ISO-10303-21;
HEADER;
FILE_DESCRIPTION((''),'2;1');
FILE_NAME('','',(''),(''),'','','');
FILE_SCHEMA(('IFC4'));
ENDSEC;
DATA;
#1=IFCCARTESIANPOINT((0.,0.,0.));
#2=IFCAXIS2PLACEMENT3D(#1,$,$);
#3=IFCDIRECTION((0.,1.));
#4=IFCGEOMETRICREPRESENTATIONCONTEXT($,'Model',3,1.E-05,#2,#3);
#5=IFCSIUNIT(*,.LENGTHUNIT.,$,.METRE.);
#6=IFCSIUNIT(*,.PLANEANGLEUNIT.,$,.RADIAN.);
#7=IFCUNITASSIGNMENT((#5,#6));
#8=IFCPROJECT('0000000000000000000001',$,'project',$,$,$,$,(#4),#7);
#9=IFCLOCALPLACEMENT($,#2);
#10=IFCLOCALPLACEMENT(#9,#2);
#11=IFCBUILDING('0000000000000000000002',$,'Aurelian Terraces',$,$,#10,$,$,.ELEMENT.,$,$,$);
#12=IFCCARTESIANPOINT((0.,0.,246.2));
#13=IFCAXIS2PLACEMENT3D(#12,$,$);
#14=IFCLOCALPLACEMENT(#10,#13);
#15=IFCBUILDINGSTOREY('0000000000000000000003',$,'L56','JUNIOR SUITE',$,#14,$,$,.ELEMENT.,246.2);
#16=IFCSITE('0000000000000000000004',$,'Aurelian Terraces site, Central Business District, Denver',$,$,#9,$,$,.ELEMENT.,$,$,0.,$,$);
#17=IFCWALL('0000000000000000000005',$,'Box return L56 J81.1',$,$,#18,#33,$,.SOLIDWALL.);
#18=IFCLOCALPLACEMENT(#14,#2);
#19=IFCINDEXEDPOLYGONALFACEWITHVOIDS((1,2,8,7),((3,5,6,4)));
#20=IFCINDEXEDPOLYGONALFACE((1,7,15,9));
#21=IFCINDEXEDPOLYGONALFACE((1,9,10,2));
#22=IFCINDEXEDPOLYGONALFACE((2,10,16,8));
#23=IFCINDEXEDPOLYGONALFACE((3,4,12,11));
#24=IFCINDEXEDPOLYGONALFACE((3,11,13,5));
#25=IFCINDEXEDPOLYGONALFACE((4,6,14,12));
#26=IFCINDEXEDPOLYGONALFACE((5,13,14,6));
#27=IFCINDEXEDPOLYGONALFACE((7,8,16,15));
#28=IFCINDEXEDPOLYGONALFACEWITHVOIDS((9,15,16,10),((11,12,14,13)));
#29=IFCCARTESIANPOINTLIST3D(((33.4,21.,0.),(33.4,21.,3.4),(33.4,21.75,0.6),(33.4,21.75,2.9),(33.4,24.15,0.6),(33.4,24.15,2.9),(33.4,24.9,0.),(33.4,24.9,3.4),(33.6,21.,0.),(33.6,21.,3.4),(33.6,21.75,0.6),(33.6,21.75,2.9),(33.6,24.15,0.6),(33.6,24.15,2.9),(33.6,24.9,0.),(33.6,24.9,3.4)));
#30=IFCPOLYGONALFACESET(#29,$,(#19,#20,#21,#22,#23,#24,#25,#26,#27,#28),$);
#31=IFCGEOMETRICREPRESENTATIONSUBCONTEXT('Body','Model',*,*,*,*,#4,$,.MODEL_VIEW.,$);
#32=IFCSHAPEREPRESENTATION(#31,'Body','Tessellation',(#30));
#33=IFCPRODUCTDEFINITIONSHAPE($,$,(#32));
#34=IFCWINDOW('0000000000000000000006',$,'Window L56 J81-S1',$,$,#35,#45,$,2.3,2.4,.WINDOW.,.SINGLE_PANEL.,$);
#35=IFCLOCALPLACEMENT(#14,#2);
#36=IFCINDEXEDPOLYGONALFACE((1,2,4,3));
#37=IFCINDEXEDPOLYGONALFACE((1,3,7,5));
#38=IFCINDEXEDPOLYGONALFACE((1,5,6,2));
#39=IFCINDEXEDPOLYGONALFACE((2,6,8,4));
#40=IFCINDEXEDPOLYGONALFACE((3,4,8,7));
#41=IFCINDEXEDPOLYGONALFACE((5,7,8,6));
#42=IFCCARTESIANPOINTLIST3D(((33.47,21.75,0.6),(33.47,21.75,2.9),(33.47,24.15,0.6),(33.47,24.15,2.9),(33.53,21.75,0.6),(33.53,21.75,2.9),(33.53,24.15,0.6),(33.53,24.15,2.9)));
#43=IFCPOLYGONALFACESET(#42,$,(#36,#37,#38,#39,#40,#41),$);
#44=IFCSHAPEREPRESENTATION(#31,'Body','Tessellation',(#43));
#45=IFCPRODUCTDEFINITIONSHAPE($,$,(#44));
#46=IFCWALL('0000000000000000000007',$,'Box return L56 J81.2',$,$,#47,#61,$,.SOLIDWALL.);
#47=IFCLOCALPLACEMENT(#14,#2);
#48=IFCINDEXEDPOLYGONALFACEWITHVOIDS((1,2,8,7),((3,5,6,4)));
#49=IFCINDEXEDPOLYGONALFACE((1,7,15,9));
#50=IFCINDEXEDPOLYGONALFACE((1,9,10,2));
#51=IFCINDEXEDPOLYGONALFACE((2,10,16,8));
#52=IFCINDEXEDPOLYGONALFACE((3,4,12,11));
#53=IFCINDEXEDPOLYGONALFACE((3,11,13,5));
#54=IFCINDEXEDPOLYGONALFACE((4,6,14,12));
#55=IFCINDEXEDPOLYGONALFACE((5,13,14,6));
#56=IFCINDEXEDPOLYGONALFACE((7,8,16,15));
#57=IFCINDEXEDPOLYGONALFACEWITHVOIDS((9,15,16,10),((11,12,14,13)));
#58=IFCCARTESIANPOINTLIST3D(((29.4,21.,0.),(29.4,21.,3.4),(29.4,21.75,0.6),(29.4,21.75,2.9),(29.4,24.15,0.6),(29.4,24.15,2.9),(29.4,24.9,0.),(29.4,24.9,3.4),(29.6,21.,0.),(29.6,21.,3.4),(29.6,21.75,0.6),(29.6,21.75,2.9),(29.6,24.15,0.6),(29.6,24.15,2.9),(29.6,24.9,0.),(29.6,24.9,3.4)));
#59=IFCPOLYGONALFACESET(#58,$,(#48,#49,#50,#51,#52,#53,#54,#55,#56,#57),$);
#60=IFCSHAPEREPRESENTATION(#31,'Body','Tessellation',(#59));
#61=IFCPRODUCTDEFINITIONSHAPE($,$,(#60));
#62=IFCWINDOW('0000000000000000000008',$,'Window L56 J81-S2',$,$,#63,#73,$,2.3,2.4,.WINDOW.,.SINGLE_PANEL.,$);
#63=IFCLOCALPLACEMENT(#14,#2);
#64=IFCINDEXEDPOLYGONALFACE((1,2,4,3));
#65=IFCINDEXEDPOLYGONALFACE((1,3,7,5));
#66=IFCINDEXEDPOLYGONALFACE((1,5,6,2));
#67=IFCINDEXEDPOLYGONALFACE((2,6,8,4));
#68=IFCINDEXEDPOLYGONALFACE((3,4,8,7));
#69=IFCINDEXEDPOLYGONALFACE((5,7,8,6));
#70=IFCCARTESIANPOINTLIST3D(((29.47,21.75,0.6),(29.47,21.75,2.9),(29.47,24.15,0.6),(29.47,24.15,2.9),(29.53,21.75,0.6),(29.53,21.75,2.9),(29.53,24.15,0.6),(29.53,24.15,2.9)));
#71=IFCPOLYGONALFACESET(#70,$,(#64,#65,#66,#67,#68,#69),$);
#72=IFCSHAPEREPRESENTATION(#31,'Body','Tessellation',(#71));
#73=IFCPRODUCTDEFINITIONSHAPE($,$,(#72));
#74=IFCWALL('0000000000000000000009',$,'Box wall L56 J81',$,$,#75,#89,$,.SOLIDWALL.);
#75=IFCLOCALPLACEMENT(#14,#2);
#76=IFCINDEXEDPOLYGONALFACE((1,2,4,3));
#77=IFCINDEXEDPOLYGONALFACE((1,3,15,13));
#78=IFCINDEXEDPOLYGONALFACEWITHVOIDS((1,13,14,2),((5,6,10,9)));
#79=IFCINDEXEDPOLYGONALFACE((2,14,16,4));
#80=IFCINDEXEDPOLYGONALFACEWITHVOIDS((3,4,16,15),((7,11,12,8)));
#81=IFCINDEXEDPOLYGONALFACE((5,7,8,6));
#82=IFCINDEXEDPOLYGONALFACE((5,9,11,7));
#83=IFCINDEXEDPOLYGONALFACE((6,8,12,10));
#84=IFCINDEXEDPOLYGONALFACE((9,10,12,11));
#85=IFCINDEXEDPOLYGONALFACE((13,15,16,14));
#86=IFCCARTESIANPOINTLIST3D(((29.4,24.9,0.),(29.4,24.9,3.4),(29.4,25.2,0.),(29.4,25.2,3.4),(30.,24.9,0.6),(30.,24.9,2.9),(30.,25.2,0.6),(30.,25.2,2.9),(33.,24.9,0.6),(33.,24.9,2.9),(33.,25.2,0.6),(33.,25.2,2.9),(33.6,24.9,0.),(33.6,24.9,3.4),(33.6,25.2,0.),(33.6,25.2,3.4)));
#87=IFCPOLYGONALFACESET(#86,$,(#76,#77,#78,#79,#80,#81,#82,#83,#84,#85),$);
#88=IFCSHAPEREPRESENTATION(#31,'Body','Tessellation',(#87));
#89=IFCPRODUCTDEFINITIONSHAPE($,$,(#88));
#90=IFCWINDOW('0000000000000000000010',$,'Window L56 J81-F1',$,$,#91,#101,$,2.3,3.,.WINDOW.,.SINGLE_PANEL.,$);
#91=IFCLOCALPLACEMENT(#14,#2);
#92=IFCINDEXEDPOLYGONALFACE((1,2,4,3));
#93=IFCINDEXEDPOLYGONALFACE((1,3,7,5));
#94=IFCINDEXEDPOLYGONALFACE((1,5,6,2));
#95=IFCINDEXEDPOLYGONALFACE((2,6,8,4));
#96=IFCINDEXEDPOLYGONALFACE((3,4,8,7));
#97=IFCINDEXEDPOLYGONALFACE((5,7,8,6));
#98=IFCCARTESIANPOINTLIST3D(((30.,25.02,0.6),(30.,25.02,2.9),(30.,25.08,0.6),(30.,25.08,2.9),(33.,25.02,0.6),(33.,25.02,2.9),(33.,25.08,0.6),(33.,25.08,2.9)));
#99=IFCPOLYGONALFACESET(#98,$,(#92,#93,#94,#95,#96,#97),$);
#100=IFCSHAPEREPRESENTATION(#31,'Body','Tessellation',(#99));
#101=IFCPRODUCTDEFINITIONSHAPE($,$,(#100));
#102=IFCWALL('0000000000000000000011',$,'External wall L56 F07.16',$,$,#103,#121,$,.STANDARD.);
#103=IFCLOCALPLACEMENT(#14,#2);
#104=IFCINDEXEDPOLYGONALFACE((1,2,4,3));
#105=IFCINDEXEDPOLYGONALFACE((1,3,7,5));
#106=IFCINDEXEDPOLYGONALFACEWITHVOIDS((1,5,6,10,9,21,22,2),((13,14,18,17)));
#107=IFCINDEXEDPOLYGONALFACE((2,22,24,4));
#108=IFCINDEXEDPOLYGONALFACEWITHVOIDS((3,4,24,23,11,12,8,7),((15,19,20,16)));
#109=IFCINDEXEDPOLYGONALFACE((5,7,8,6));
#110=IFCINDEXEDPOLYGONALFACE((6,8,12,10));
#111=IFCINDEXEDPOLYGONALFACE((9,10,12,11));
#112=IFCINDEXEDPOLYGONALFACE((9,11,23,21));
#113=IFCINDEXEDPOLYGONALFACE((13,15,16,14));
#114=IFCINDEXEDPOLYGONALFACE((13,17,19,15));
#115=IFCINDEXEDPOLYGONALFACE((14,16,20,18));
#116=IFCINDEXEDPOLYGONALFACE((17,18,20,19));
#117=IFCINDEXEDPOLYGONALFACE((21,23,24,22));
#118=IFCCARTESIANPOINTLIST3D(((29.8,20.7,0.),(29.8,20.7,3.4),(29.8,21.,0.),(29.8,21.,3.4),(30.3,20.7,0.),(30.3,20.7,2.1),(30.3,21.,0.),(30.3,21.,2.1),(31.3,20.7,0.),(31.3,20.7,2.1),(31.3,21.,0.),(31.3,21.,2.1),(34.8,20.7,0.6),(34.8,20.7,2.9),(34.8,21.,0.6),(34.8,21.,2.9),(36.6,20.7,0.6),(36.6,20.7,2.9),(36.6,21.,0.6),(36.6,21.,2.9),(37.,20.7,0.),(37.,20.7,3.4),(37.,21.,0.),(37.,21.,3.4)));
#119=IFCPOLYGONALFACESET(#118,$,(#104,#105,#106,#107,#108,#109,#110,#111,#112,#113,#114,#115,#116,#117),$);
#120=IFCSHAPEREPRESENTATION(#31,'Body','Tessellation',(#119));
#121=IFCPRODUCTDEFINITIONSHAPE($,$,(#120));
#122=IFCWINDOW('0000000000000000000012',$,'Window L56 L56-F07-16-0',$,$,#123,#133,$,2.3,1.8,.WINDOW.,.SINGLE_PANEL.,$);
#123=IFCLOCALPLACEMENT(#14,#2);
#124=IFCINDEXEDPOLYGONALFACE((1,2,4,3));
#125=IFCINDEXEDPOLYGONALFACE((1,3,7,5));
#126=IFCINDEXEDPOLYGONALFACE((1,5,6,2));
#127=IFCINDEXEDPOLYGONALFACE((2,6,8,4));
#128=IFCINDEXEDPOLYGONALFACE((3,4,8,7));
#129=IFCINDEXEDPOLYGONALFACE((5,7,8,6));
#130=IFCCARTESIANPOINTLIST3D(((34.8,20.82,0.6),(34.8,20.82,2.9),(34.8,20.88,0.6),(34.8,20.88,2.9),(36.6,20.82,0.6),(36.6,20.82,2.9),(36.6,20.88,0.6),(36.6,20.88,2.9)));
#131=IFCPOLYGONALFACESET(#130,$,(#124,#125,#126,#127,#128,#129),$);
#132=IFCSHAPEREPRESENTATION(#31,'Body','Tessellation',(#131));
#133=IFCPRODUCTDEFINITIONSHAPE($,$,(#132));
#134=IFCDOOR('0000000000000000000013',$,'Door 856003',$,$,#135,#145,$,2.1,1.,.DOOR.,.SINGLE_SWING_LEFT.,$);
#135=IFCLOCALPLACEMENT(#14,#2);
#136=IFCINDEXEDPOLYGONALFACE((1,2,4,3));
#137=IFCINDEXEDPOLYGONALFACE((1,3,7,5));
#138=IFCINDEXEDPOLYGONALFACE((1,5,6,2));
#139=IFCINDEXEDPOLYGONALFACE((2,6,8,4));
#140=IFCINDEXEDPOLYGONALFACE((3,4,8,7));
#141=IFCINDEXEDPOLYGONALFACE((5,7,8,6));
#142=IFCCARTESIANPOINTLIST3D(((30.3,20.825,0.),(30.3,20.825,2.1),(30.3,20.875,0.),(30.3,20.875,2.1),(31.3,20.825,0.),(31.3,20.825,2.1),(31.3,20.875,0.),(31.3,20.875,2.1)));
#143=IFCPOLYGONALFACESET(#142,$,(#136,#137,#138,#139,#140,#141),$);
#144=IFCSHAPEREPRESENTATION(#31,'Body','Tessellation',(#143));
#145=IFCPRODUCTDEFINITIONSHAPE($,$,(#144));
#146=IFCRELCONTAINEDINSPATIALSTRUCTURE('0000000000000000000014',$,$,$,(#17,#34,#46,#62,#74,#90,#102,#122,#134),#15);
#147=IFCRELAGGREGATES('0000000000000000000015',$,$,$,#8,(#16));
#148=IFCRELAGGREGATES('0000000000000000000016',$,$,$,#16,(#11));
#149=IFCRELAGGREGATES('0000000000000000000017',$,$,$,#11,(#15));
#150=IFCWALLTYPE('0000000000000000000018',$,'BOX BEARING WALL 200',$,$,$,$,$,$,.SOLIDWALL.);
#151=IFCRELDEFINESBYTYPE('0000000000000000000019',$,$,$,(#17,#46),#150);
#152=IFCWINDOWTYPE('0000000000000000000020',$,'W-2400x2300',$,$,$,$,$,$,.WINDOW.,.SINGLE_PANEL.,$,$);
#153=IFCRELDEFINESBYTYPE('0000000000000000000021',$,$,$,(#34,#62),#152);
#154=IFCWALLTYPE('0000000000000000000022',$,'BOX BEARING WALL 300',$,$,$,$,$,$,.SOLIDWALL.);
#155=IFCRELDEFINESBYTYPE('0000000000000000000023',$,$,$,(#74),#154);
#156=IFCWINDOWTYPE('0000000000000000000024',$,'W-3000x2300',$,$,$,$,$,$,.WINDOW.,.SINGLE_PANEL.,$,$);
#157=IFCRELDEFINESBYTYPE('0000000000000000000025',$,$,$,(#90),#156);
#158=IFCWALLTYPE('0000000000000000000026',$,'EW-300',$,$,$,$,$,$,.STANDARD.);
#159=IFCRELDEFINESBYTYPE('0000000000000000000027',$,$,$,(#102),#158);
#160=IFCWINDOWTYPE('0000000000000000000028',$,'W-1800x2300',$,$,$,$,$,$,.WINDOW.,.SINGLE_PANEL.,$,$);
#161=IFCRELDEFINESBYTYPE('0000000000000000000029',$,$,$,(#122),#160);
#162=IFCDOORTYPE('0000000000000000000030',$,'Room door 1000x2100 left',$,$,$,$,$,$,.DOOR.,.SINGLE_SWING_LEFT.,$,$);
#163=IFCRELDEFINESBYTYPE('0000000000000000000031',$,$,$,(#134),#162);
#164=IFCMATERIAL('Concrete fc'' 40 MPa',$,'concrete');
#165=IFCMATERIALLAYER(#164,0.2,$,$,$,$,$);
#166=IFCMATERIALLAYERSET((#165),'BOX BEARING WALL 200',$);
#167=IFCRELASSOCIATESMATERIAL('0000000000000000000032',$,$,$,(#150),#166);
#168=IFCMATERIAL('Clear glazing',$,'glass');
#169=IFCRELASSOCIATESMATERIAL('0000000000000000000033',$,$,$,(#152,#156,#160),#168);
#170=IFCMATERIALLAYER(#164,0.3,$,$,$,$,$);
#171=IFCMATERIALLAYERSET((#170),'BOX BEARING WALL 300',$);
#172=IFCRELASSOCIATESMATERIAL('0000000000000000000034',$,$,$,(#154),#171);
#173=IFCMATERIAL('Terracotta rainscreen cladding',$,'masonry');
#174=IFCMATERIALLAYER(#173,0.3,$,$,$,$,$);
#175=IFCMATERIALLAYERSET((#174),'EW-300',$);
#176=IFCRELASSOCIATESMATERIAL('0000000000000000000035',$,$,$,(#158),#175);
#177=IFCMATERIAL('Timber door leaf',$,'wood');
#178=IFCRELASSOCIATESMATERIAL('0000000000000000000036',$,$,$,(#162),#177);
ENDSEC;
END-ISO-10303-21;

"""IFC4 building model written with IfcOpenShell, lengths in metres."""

from ifc_helpers import new_model, si_unit, direction, frame, frame_2d, origin, place, context, subcontext, project, spatial, rectangle, extrude, source, transform, mapped, material, layer, layer_set, type_object, element, fill, save


model = new_model("IFC4")

# Units and contexts
model_context = context("Model", 3, precision=1e-05, world=origin(), true_north=direction((0.0, 1.0)))
body_context = subcontext(model_context, "Body", "Model", "MODEL_VIEW")
ifc_project = project(units=[si_unit("LENGTHUNIT", "METRE"), si_unit("PLANEANGLEUNIT", "RADIAN")], contexts=[model_context])

# Site, building, storey
site_placement = place(None, origin())
site = spatial("IfcSite", under=ifc_project, at=site_placement, Name="Aurelian Terraces site, Central Business District, Denver", CompositionType="ELEMENT", RefElevation=0.0)
building_placement = place(site_placement, origin())
building = spatial("IfcBuilding", under=site, at=building_placement, Name="Aurelian Terraces", CompositionType="ELEMENT")
storey_placement = place(building_placement, frame((0.0, 0.0, 246.2)))
storey = spatial("IfcBuildingStorey", under=building, at=storey_placement, Name="L56", Description="JUNIOR SUITE", CompositionType="ELEMENT", Elevation=246.2)

# Walls, openings, windows
ifc_material_1 = material(Name="Concrete fc' 40 MPa", Category="concrete")
ifc_layer_1 = layer(ifc_material_1, 0.2)
ifc_layer_set_1 = layer_set([ifc_layer_1], Name="BOX BEARING WALL 200")
wall_type_1 = type_object("IfcWallType", Name="BOX BEARING WALL 200", PredefinedType="SOLIDWALL", material=ifc_layer_set_1)
shared_shape_1 = source(origin(), body_context, "Body", "SweptSolid", [
    extrude(rectangle(XDim=3.9, YDim=0.2, at=frame_2d((1.95, 0.0))), origin(), (0.0, 0.0, 1.0), 3.4),
])
wall_1_placement = place(storey_placement, frame((33.5, 21.0, 0.0), z_axis=(0.0, 0.0, 1.0), x_axis=(0.0, 1.0, 0.0)))
wall_1 = element("IfcWall", 1, at=wall_1_placement, inside=storey, type_object=wall_type_1, Name="Box return L56 J81.1", PredefinedType="SOLIDWALL", context=body_context, shape_type="MappedRepresentation", body=[
    mapped(shared_shape_1, transform((0.0, 0.0, 0.0), scale=1.0)),
])
shared_shape_2 = source(origin(), body_context, "Body", "SweptSolid", [
    extrude(rectangle(XDim=2.4, YDim=2.3, at=frame_2d((1.2, 1.15))), frame((0.0, 0.11, 0.0), z_axis=(0.0, -1.0, 0.0), x_axis=(1.0, 0.0, 0.0)), (0.0, 0.0, 1.0), 0.22),
])
opening_1_placement = place(wall_1_placement, frame((0.75, 0.0, 0.6)))
opening_1 = element("IfcOpeningElement", 2, at=opening_1_placement, cuts=wall_1, PredefinedType="OPENING", context=body_context, shape_type="MappedRepresentation", body=[
    mapped(shared_shape_2, transform((0.0, 0.0, 0.0), scale=1.0)),
])
ifc_material_2 = material(Name="Clear glazing", Category="glass")
window_type_1 = type_object("IfcWindowType", Name="W-2400x2300", PartitioningType="SINGLE_PANEL", PredefinedType="WINDOW", material=ifc_material_2)
shared_shape_3 = source(origin(), body_context, "Body", "SweptSolid", [
    extrude(rectangle(XDim=2.4, YDim=2.3, at=frame_2d((1.2, 1.15))), frame((0.0, 0.03, 0.0), z_axis=(0.0, -1.0, 0.0), x_axis=(1.0, 0.0, 0.0)), (0.0, 0.0, 1.0), 0.06),
])
window_1_placement = place(opening_1_placement, origin())
window_1 = element("IfcWindow", 3, at=window_1_placement, inside=storey, type_object=window_type_1, Name="Window L56 J81-S1", OverallHeight=2.3, OverallWidth=2.4, PartitioningType="SINGLE_PANEL", PredefinedType="WINDOW", context=body_context, shape_type="MappedRepresentation", body=[
    mapped(shared_shape_3, transform((0.0, 0.0, 0.0), scale=1.0)),
])
fill(opening_1, window_1)
wall_2_placement = place(storey_placement, frame((29.5, 21.0, 0.0), z_axis=(0.0, 0.0, 1.0), x_axis=(0.0, 1.0, 0.0)))
wall_2 = element("IfcWall", 4, at=wall_2_placement, inside=storey, type_object=wall_type_1, Name="Box return L56 J81.2", PredefinedType="SOLIDWALL", context=body_context, shape_type="MappedRepresentation", body=[
    mapped(shared_shape_1, transform((0.0, 0.0, 0.0), scale=1.0)),
])
opening_2_placement = place(wall_2_placement, frame((0.75, 0.0, 0.6)))
opening_2 = element("IfcOpeningElement", 5, at=opening_2_placement, cuts=wall_2, PredefinedType="OPENING", context=body_context, shape_type="MappedRepresentation", body=[
    mapped(shared_shape_2, transform((0.0, 0.0, 0.0), scale=1.0)),
])
window_2_placement = place(opening_2_placement, origin())
window_2 = element("IfcWindow", 6, at=window_2_placement, inside=storey, type_object=window_type_1, Name="Window L56 J81-S2", OverallHeight=2.3, OverallWidth=2.4, PartitioningType="SINGLE_PANEL", PredefinedType="WINDOW", context=body_context, shape_type="MappedRepresentation", body=[
    mapped(shared_shape_3, transform((0.0, 0.0, 0.0), scale=1.0)),
])
fill(opening_2, window_2)
ifc_layer_2 = layer(ifc_material_1, 0.3)
ifc_layer_set_2 = layer_set([ifc_layer_2], Name="BOX BEARING WALL 300")
wall_type_2 = type_object("IfcWallType", Name="BOX BEARING WALL 300", PredefinedType="SOLIDWALL", material=ifc_layer_set_2)
shared_shape_4 = source(origin(), body_context, "Body", "SweptSolid", [
    extrude(rectangle(XDim=4.2, YDim=0.3, at=frame_2d((2.1, 0.0))), origin(), (0.0, 0.0, 1.0), 3.4),
])
wall_3_placement = place(storey_placement, frame((33.6, 25.05, 0.0), z_axis=(0.0, 0.0, 1.0), x_axis=(-1.0, 0.0, 0.0)))
wall_3 = element("IfcWall", 7, at=wall_3_placement, inside=storey, type_object=wall_type_2, Name="Box wall L56 J81", PredefinedType="SOLIDWALL", context=body_context, shape_type="MappedRepresentation", body=[
    mapped(shared_shape_4, transform((0.0, 0.0, 0.0), scale=1.0)),
])
shared_shape_5 = source(origin(), body_context, "Body", "SweptSolid", [
    extrude(rectangle(XDim=3.0, YDim=2.3, at=frame_2d((1.5, 1.15))), frame((0.0, 0.16, 0.0), z_axis=(0.0, -1.0, 0.0), x_axis=(1.0, 0.0, 0.0)), (0.0, 0.0, 1.0), 0.32),
])
opening_3_placement = place(wall_3_placement, frame((0.6, 0.0, 0.6)))
opening_3 = element("IfcOpeningElement", 8, at=opening_3_placement, cuts=wall_3, PredefinedType="OPENING", context=body_context, shape_type="MappedRepresentation", body=[
    mapped(shared_shape_5, transform((0.0, 0.0, 0.0), scale=1.0)),
])
window_type_2 = type_object("IfcWindowType", Name="W-3000x2300", PartitioningType="SINGLE_PANEL", PredefinedType="WINDOW", material=ifc_material_2)
shared_shape_6 = source(origin(), body_context, "Body", "SweptSolid", [
    extrude(rectangle(XDim=3.0, YDim=2.3, at=frame_2d((1.5, 1.15))), frame((0.0, 0.03, 0.0), z_axis=(0.0, -1.0, 0.0), x_axis=(1.0, 0.0, 0.0)), (0.0, 0.0, 1.0), 0.06),
])
window_3_placement = place(opening_3_placement, origin())
window_3 = element("IfcWindow", 9, at=window_3_placement, inside=storey, type_object=window_type_2, Name="Window L56 J81-F1", OverallHeight=2.3, OverallWidth=3.0, PartitioningType="SINGLE_PANEL", PredefinedType="WINDOW", context=body_context, shape_type="MappedRepresentation", body=[
    mapped(shared_shape_6, transform((0.0, 0.0, 0.0), scale=1.0)),
])
fill(opening_3, window_3)

# Wall, openings, window, door
ifc_material_3 = material(Name="Terracotta rainscreen cladding", Category="masonry")
ifc_layer_3 = layer(ifc_material_3, 0.3)
ifc_layer_set_3 = layer_set([ifc_layer_3], Name="EW-300")
wall_type_3 = type_object("IfcWallType", Name="EW-300", PredefinedType="STANDARD", material=ifc_layer_set_3)
shared_shape_7 = source(origin(), body_context, "Body", "SweptSolid", [
    extrude(rectangle(XDim=7.2, YDim=0.3, at=frame_2d((3.6, 0.0))), origin(), (0.0, 0.0, 1.0), 3.4),
])
wall_4_placement = place(storey_placement, frame((37.0, 20.85, 0.0), z_axis=(0.0, 0.0, 1.0), x_axis=(-1.0, 0.0, 0.0)))
wall_4 = element("IfcWall", 10, at=wall_4_placement, inside=storey, type_object=wall_type_3, Name="External wall L56 F07.16", PredefinedType="STANDARD", context=body_context, shape_type="MappedRepresentation", body=[
    mapped(shared_shape_7, transform((0.0, 0.0, 0.0), scale=1.0)),
])
shared_shape_8 = source(origin(), body_context, "Body", "SweptSolid", [
    extrude(rectangle(XDim=1.8, YDim=2.3, at=frame_2d((0.9, 1.15))), frame((0.0, 0.16, 0.0), z_axis=(0.0, -1.0, 0.0), x_axis=(1.0, 0.0, 0.0)), (0.0, 0.0, 1.0), 0.32),
])
opening_4_placement = place(wall_4_placement, frame((0.4, 0.0, 0.6)))
opening_4 = element("IfcOpeningElement", 11, at=opening_4_placement, cuts=wall_4, PredefinedType="OPENING", context=body_context, shape_type="MappedRepresentation", body=[
    mapped(shared_shape_8, transform((0.0, 0.0, 0.0), scale=1.0)),
])
shared_shape_9 = source(origin(), body_context, "Body", "SweptSolid", [
    extrude(rectangle(XDim=1.0, YDim=2.1, at=frame_2d((0.5, 1.05))), frame((0.0, 0.16, 0.0), z_axis=(0.0, -1.0, 0.0), x_axis=(1.0, 0.0, 0.0)), (0.0, 0.0, 1.0), 0.32),
])
opening_5_placement = place(wall_4_placement, frame((5.7, 0.0, 0.0)))
opening_5 = element("IfcOpeningElement", 12, at=opening_5_placement, cuts=wall_4, PredefinedType="OPENING", context=body_context, shape_type="MappedRepresentation", body=[
    mapped(shared_shape_9, transform((0.0, 0.0, 0.0), scale=1.0)),
])
window_type_3 = type_object("IfcWindowType", Name="W-1800x2300", PartitioningType="SINGLE_PANEL", PredefinedType="WINDOW", material=ifc_material_2)
shared_shape_10 = source(origin(), body_context, "Body", "SweptSolid", [
    extrude(rectangle(XDim=1.8, YDim=2.3, at=frame_2d((0.9, 1.15))), frame((0.0, 0.03, 0.0), z_axis=(0.0, -1.0, 0.0), x_axis=(1.0, 0.0, 0.0)), (0.0, 0.0, 1.0), 0.06),
])
window_4_placement = place(opening_4_placement, origin())
window_4 = element("IfcWindow", 13, at=window_4_placement, inside=storey, type_object=window_type_3, Name="Window L56 L56-F07-16-0", OverallHeight=2.3, OverallWidth=1.8, PartitioningType="SINGLE_PANEL", PredefinedType="WINDOW", context=body_context, shape_type="MappedRepresentation", body=[
    mapped(shared_shape_10, transform((0.0, 0.0, 0.0), scale=1.0)),
])
fill(opening_4, window_4)
ifc_material_4 = material(Name="Timber door leaf", Category="wood")
door_type = type_object("IfcDoorType", Name="Room door 1000x2100 left", OperationType="SINGLE_SWING_LEFT", PredefinedType="DOOR", material=ifc_material_4)
shared_shape_11 = source(origin(), body_context, "Body", "SweptSolid", [
    extrude(rectangle(XDim=1.0, YDim=2.1, at=frame_2d((0.5, 1.05))), frame((0.0, 0.025, 0.0), z_axis=(0.0, -1.0, 0.0), x_axis=(1.0, 0.0, 0.0)), (0.0, 0.0, 1.0), 0.05),
])
door_placement = place(opening_5_placement, origin())
door = element("IfcDoor", 14, at=door_placement, inside=storey, type_object=door_type, Name="Door 856003", OperationType="SINGLE_SWING_LEFT", OverallHeight=2.1, OverallWidth=1.0, PredefinedType="DOOR", context=body_context, shape_type="MappedRepresentation", body=[
    mapped(shared_shape_11, transform((0.0, 0.0, 0.0), scale=1.0)),
])
fill(opening_5, door)

save(model, "model.ifc")
